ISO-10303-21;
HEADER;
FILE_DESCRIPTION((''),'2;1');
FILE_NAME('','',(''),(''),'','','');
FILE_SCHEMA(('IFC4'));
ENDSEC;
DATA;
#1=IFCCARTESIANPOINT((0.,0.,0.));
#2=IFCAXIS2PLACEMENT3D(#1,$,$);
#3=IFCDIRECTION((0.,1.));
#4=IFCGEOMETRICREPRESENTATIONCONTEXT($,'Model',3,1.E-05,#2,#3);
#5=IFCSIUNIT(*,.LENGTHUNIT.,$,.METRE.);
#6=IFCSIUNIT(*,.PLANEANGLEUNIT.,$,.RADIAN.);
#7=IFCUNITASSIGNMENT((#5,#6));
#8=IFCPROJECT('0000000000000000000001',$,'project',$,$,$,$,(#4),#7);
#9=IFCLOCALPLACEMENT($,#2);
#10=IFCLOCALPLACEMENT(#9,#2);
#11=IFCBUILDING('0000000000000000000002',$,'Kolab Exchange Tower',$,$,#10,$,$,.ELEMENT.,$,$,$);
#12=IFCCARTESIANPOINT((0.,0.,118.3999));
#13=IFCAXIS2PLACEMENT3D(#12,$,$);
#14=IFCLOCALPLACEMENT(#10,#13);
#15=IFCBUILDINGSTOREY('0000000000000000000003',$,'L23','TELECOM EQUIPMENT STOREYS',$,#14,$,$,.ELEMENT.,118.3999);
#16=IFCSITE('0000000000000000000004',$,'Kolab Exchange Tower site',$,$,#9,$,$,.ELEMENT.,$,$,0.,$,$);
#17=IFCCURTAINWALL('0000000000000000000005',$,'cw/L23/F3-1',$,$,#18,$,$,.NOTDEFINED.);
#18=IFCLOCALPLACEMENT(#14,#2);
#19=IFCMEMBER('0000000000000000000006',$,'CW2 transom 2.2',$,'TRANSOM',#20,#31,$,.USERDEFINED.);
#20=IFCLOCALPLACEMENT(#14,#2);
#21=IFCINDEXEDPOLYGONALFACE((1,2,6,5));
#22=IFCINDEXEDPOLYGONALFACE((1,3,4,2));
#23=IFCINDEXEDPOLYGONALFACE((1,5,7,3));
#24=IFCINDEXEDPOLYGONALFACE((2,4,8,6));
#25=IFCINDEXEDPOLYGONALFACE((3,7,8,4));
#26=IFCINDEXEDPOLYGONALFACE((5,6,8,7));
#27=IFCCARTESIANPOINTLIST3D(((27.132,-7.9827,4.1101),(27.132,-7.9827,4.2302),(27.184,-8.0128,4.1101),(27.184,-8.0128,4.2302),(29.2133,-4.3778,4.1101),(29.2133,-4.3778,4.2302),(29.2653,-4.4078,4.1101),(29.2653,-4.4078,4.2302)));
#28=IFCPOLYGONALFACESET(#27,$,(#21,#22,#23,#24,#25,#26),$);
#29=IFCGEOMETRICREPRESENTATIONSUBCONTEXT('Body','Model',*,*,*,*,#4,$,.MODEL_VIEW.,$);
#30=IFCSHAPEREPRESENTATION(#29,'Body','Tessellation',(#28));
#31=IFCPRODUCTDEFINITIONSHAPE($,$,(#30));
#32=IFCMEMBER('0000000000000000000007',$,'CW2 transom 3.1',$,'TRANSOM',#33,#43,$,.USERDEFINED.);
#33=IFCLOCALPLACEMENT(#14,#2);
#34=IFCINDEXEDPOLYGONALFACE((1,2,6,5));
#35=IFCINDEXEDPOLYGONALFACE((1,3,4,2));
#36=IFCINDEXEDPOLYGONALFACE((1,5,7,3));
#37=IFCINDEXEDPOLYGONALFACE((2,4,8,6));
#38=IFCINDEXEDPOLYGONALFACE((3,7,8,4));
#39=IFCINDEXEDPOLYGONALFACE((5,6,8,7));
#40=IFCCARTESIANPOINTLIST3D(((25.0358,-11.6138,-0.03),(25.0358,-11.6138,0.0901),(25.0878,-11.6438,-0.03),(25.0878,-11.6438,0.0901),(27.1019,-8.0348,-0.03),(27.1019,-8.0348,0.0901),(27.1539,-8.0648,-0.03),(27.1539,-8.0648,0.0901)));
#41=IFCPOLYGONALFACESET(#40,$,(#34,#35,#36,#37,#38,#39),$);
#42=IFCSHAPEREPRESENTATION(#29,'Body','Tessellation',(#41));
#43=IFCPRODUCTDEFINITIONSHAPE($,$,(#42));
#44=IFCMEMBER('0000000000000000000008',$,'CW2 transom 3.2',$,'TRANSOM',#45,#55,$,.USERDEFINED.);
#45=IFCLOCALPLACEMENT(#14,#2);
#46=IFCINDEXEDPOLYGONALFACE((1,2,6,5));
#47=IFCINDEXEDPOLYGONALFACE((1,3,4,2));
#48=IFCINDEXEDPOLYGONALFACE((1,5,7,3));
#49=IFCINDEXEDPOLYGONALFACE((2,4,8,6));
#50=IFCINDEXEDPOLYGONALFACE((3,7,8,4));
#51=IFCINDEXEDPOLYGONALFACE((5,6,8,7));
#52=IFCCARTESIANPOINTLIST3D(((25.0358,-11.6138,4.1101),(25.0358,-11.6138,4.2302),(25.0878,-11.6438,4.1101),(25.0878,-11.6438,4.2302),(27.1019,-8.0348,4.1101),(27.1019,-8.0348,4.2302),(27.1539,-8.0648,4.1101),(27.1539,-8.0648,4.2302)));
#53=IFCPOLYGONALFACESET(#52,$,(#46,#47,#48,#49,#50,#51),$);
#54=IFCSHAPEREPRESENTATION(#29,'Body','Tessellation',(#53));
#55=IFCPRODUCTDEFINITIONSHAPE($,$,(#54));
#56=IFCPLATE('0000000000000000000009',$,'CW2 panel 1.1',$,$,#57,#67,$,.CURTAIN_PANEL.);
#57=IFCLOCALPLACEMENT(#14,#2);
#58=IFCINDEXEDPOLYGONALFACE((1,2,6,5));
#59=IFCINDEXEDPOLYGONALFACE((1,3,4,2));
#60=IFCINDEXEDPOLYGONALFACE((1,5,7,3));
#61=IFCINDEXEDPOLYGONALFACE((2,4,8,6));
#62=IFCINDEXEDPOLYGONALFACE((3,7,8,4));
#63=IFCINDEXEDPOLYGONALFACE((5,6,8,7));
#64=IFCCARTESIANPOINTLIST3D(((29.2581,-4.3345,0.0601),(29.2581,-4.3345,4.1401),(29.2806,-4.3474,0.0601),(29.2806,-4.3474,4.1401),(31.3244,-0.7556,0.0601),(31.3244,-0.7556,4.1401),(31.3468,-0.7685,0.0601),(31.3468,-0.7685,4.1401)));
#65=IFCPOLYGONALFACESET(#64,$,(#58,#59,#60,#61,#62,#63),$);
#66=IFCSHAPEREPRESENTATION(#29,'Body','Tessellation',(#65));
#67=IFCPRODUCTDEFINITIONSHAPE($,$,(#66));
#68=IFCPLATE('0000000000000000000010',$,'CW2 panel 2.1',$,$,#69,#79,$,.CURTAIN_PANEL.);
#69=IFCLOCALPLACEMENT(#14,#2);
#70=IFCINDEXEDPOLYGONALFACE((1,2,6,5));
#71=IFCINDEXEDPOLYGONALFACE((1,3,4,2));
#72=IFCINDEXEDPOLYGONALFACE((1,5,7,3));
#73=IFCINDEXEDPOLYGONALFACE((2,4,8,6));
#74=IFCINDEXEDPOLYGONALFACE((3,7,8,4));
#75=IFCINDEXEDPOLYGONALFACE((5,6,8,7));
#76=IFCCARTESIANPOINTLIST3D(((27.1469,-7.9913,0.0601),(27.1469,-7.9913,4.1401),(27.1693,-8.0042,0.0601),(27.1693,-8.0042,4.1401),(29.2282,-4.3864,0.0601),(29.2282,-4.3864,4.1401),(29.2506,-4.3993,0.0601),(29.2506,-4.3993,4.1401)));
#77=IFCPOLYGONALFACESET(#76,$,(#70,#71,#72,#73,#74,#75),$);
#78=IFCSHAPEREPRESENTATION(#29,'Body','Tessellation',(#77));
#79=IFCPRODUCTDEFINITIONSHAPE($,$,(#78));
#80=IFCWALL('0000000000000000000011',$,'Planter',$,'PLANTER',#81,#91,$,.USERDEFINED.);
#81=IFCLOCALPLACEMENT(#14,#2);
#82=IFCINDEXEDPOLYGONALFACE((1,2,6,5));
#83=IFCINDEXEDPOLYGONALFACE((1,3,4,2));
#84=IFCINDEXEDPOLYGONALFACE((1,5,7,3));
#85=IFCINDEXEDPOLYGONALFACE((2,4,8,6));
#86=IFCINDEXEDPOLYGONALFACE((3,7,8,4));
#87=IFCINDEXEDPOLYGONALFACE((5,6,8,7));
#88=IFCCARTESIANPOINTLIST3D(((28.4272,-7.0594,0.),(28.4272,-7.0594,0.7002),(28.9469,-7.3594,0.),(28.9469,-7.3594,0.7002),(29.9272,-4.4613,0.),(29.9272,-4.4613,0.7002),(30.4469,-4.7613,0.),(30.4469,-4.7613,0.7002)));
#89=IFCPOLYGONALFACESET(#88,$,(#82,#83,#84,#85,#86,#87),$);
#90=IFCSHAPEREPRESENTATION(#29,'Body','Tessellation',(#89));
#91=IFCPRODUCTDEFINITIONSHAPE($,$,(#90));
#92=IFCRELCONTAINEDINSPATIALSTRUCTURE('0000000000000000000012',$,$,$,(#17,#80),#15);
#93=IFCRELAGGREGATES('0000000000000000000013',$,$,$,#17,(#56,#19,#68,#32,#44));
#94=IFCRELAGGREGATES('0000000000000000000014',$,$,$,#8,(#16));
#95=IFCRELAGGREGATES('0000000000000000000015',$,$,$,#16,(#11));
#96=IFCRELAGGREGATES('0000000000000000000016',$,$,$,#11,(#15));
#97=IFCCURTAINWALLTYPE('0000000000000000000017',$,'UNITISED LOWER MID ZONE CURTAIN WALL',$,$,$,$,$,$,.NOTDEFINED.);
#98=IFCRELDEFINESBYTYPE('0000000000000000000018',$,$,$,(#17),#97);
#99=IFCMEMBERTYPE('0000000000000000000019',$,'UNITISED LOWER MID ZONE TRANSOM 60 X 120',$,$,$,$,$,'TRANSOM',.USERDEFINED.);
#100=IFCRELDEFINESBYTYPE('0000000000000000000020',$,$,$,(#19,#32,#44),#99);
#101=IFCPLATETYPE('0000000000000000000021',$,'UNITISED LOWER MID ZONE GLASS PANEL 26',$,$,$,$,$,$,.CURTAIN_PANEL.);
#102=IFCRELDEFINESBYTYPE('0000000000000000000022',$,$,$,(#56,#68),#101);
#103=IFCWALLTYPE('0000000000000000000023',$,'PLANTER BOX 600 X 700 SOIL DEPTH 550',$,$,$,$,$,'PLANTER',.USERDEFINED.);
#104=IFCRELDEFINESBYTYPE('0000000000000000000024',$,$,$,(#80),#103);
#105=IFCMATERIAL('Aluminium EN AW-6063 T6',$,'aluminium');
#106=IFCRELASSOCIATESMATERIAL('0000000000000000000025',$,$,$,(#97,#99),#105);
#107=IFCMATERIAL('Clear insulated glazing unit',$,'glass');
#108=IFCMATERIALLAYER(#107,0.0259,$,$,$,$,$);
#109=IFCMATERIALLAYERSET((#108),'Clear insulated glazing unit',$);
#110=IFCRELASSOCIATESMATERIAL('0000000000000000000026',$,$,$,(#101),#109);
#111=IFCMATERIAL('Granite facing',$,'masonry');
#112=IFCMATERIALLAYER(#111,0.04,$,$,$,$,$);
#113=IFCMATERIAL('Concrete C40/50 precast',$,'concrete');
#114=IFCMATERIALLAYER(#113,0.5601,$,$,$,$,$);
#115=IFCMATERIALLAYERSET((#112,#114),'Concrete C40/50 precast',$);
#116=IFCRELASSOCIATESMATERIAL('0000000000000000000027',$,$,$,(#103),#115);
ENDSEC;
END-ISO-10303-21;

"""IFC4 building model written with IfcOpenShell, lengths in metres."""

from ifc_helpers import new_model, si_unit, direction, frame, frame_2d, origin, origin_2d, place, context, subcontext, project, spatial, rectangle, extrude, material, layer, layer_set, material_profile, profile_set, type_object, element, aggregate, save


model = new_model("IFC4")

# Units and contexts
model_context = context("Model", 3, precision=1e-05, world=origin(), true_north=direction((0.0, 1.0)))
body_context = subcontext(model_context, "Body", "Model", "MODEL_VIEW")
ifc_project = project(units=[si_unit("LENGTHUNIT", "METRE"), si_unit("PLANEANGLEUNIT", "RADIAN")], contexts=[model_context])

# Site, building, storey
site_placement = place(None, origin())
site = spatial("IfcSite", under=ifc_project, at=site_placement, Name="Kolab Exchange Tower site", CompositionType="ELEMENT", RefElevation=0.0)
building_placement = place(site_placement, origin())
building = spatial("IfcBuilding", under=site, at=building_placement, Name="Kolab Exchange Tower", CompositionType="ELEMENT")
storey_placement = place(building_placement, frame((0.0, 0.0, 118.3999)))
storey = spatial("IfcBuildingStorey", under=building, at=storey_placement, Name="L23", Description="TELECOM EQUIPMENT STOREYS", CompositionType="ELEMENT", Elevation=118.3999)

# Curtain wall
ifc_material_1 = material(Name="Aluminium EN AW-6063 T6", Category="aluminium")
curtain_wall_type = type_object("IfcCurtainWallType", Name="UNITISED LOWER MID ZONE CURTAIN WALL", PredefinedType="NOTDEFINED", material=ifc_material_1)
curtain_wall_1_placement = place(storey_placement, origin())
curtain_wall_1 = element("IfcCurtainWall", 1, at=curtain_wall_1_placement, inside=storey, type_object=curtain_wall_type, Name="cw/L23/F3-1", PredefinedType="NOTDEFINED")

# Members
ifc_material_profile_1 = material_profile(ifc_material_1, rectangle(XDim=0.0601, YDim=0.1201, at=origin_2d()), Name="RECT 60X120")
ifc_profile_set_1 = profile_set([ifc_material_profile_1], Name="Aluminium EN AW-6063 T6")
member_type_1 = type_object("IfcMemberType", Name="UNITISED LOWER MID ZONE TRANSOM 60 X 120", ElementType="TRANSOM", PredefinedType="USERDEFINED", material=ifc_profile_set_1)
member_1_placement = place(storey_placement, frame((29.2393, -4.3928, 4.1702), z_axis=(-0.499993, -0.866029, 0.0), x_axis=(0.866029, -0.499993, 0.0)))
member_1 = element("IfcMember", 2, at=member_1_placement, type_object=member_type_1, Name="CW2 transom 2.2", ObjectType="TRANSOM", PredefinedType="USERDEFINED", context=body_context, shape_type="SweptSolid", body=[
    extrude(rectangle(XDim=0.0601, YDim=0.1201, at=origin_2d()), origin(), (0.0, 0.0, 1.0), 4.1626),
])
member_2_placement = place(storey_placement, frame((27.1279, -8.0498, 0.03), z_axis=(-0.499958, -0.86605, 0.0), x_axis=(0.86605, -0.499958, 0.0)))
member_2 = element("IfcMember", 3, at=member_2_placement, type_object=member_type_1, Name="CW2 transom 3.1", ObjectType="TRANSOM", PredefinedType="USERDEFINED", context=body_context, shape_type="SweptSolid", body=[
    extrude(rectangle(XDim=0.0601, YDim=0.1201, at=origin_2d()), origin(), (0.0, 0.0, 1.0), 4.1326),
])
member_3_placement = place(storey_placement, frame((27.1279, -8.0498, 4.1702), z_axis=(-0.499958, -0.86605, 0.0), x_axis=(0.86605, -0.499958, 0.0)))
member_3 = element("IfcMember", 4, at=member_3_placement, type_object=member_type_1, Name="CW2 transom 3.2", ObjectType="TRANSOM", PredefinedType="USERDEFINED", context=body_context, shape_type="SweptSolid", body=[
    extrude(rectangle(XDim=0.0601, YDim=0.1201, at=origin_2d()), origin(), (0.0, 0.0, 1.0), 4.1326),
])

# Plates
ifc_material_2 = material(Name="Clear insulated glazing unit", Category="glass")
ifc_layer_1 = layer(ifc_material_2, 0.0259)
ifc_layer_set_1 = layer_set([ifc_layer_1], Name="Clear insulated glazing unit")
plate_type = type_object("IfcPlateType", Name="UNITISED LOWER MID ZONE GLASS PANEL 26", PredefinedType="CURTAIN_PANEL", material=ifc_layer_set_1)
plate_1_placement = place(storey_placement, frame((30.3025, -2.5515, 0.0601), z_axis=(0.0, 0.0, 1.0), x_axis=(-0.5, -0.866025, 0.0)))
plate_1 = element("IfcPlate", 5, at=plate_1_placement, type_object=plate_type, Name="CW2 panel 1.1", PredefinedType="CURTAIN_PANEL", context=body_context, shape_type="SweptSolid", body=[
    extrude(rectangle(XDim=4.1326, YDim=0.0259, at=origin_2d()), origin(), (0.0, 0.0, 1.0), 4.0801),
])
plate_2_placement = place(storey_placement, frame((28.1987, -6.1953, 0.0601), z_axis=(0.0, 0.0, 1.0), x_axis=(-0.5, -0.866025, 0.0)))
plate_2 = element("IfcPlate", 6, at=plate_2_placement, type_object=plate_type, Name="CW2 panel 2.1", PredefinedType="CURTAIN_PANEL", context=body_context, shape_type="SweptSolid", body=[
    extrude(rectangle(XDim=4.1626, YDim=0.0259, at=origin_2d()), origin(), (0.0, 0.0, 1.0), 4.0801),
])
aggregate(curtain_wall_1, [plate_1, member_1, plate_2, member_2, member_3])

# Wall
ifc_material_3 = material(Name="Granite facing", Category="masonry")
ifc_layer_2 = layer(ifc_material_3, 0.04)
ifc_material_4 = material(Name="Concrete C40/50 precast", Category="concrete")
ifc_layer_3 = layer(ifc_material_4, 0.5601)
ifc_layer_set_2 = layer_set([ifc_layer_2, ifc_layer_3], Name="Concrete C40/50 precast")
wall_type = type_object("IfcWallType", Name="PLANTER BOX 600 X 700 SOIL DEPTH 550", ElementType="PLANTER", PredefinedType="USERDEFINED", material=ifc_layer_set_2)
wall_placement = place(storey_placement, frame((30.187, -4.6113, 0.0), z_axis=(0.0, 0.0, 1.0), x_axis=(-0.49999, -0.866031, 0.0)))
element("IfcWall", 7, at=wall_placement, inside=storey, type_object=wall_type, Name="Planter", ObjectType="PLANTER", PredefinedType="USERDEFINED", context=body_context, shape_type="SweptSolid", body=[
    extrude(rectangle(XDim=3.0, YDim=0.6001, at=frame_2d((1.5, 0.0))), origin(), (0.0, 0.0, 1.0), 0.7002),
])

save(model, "model.ifc")
